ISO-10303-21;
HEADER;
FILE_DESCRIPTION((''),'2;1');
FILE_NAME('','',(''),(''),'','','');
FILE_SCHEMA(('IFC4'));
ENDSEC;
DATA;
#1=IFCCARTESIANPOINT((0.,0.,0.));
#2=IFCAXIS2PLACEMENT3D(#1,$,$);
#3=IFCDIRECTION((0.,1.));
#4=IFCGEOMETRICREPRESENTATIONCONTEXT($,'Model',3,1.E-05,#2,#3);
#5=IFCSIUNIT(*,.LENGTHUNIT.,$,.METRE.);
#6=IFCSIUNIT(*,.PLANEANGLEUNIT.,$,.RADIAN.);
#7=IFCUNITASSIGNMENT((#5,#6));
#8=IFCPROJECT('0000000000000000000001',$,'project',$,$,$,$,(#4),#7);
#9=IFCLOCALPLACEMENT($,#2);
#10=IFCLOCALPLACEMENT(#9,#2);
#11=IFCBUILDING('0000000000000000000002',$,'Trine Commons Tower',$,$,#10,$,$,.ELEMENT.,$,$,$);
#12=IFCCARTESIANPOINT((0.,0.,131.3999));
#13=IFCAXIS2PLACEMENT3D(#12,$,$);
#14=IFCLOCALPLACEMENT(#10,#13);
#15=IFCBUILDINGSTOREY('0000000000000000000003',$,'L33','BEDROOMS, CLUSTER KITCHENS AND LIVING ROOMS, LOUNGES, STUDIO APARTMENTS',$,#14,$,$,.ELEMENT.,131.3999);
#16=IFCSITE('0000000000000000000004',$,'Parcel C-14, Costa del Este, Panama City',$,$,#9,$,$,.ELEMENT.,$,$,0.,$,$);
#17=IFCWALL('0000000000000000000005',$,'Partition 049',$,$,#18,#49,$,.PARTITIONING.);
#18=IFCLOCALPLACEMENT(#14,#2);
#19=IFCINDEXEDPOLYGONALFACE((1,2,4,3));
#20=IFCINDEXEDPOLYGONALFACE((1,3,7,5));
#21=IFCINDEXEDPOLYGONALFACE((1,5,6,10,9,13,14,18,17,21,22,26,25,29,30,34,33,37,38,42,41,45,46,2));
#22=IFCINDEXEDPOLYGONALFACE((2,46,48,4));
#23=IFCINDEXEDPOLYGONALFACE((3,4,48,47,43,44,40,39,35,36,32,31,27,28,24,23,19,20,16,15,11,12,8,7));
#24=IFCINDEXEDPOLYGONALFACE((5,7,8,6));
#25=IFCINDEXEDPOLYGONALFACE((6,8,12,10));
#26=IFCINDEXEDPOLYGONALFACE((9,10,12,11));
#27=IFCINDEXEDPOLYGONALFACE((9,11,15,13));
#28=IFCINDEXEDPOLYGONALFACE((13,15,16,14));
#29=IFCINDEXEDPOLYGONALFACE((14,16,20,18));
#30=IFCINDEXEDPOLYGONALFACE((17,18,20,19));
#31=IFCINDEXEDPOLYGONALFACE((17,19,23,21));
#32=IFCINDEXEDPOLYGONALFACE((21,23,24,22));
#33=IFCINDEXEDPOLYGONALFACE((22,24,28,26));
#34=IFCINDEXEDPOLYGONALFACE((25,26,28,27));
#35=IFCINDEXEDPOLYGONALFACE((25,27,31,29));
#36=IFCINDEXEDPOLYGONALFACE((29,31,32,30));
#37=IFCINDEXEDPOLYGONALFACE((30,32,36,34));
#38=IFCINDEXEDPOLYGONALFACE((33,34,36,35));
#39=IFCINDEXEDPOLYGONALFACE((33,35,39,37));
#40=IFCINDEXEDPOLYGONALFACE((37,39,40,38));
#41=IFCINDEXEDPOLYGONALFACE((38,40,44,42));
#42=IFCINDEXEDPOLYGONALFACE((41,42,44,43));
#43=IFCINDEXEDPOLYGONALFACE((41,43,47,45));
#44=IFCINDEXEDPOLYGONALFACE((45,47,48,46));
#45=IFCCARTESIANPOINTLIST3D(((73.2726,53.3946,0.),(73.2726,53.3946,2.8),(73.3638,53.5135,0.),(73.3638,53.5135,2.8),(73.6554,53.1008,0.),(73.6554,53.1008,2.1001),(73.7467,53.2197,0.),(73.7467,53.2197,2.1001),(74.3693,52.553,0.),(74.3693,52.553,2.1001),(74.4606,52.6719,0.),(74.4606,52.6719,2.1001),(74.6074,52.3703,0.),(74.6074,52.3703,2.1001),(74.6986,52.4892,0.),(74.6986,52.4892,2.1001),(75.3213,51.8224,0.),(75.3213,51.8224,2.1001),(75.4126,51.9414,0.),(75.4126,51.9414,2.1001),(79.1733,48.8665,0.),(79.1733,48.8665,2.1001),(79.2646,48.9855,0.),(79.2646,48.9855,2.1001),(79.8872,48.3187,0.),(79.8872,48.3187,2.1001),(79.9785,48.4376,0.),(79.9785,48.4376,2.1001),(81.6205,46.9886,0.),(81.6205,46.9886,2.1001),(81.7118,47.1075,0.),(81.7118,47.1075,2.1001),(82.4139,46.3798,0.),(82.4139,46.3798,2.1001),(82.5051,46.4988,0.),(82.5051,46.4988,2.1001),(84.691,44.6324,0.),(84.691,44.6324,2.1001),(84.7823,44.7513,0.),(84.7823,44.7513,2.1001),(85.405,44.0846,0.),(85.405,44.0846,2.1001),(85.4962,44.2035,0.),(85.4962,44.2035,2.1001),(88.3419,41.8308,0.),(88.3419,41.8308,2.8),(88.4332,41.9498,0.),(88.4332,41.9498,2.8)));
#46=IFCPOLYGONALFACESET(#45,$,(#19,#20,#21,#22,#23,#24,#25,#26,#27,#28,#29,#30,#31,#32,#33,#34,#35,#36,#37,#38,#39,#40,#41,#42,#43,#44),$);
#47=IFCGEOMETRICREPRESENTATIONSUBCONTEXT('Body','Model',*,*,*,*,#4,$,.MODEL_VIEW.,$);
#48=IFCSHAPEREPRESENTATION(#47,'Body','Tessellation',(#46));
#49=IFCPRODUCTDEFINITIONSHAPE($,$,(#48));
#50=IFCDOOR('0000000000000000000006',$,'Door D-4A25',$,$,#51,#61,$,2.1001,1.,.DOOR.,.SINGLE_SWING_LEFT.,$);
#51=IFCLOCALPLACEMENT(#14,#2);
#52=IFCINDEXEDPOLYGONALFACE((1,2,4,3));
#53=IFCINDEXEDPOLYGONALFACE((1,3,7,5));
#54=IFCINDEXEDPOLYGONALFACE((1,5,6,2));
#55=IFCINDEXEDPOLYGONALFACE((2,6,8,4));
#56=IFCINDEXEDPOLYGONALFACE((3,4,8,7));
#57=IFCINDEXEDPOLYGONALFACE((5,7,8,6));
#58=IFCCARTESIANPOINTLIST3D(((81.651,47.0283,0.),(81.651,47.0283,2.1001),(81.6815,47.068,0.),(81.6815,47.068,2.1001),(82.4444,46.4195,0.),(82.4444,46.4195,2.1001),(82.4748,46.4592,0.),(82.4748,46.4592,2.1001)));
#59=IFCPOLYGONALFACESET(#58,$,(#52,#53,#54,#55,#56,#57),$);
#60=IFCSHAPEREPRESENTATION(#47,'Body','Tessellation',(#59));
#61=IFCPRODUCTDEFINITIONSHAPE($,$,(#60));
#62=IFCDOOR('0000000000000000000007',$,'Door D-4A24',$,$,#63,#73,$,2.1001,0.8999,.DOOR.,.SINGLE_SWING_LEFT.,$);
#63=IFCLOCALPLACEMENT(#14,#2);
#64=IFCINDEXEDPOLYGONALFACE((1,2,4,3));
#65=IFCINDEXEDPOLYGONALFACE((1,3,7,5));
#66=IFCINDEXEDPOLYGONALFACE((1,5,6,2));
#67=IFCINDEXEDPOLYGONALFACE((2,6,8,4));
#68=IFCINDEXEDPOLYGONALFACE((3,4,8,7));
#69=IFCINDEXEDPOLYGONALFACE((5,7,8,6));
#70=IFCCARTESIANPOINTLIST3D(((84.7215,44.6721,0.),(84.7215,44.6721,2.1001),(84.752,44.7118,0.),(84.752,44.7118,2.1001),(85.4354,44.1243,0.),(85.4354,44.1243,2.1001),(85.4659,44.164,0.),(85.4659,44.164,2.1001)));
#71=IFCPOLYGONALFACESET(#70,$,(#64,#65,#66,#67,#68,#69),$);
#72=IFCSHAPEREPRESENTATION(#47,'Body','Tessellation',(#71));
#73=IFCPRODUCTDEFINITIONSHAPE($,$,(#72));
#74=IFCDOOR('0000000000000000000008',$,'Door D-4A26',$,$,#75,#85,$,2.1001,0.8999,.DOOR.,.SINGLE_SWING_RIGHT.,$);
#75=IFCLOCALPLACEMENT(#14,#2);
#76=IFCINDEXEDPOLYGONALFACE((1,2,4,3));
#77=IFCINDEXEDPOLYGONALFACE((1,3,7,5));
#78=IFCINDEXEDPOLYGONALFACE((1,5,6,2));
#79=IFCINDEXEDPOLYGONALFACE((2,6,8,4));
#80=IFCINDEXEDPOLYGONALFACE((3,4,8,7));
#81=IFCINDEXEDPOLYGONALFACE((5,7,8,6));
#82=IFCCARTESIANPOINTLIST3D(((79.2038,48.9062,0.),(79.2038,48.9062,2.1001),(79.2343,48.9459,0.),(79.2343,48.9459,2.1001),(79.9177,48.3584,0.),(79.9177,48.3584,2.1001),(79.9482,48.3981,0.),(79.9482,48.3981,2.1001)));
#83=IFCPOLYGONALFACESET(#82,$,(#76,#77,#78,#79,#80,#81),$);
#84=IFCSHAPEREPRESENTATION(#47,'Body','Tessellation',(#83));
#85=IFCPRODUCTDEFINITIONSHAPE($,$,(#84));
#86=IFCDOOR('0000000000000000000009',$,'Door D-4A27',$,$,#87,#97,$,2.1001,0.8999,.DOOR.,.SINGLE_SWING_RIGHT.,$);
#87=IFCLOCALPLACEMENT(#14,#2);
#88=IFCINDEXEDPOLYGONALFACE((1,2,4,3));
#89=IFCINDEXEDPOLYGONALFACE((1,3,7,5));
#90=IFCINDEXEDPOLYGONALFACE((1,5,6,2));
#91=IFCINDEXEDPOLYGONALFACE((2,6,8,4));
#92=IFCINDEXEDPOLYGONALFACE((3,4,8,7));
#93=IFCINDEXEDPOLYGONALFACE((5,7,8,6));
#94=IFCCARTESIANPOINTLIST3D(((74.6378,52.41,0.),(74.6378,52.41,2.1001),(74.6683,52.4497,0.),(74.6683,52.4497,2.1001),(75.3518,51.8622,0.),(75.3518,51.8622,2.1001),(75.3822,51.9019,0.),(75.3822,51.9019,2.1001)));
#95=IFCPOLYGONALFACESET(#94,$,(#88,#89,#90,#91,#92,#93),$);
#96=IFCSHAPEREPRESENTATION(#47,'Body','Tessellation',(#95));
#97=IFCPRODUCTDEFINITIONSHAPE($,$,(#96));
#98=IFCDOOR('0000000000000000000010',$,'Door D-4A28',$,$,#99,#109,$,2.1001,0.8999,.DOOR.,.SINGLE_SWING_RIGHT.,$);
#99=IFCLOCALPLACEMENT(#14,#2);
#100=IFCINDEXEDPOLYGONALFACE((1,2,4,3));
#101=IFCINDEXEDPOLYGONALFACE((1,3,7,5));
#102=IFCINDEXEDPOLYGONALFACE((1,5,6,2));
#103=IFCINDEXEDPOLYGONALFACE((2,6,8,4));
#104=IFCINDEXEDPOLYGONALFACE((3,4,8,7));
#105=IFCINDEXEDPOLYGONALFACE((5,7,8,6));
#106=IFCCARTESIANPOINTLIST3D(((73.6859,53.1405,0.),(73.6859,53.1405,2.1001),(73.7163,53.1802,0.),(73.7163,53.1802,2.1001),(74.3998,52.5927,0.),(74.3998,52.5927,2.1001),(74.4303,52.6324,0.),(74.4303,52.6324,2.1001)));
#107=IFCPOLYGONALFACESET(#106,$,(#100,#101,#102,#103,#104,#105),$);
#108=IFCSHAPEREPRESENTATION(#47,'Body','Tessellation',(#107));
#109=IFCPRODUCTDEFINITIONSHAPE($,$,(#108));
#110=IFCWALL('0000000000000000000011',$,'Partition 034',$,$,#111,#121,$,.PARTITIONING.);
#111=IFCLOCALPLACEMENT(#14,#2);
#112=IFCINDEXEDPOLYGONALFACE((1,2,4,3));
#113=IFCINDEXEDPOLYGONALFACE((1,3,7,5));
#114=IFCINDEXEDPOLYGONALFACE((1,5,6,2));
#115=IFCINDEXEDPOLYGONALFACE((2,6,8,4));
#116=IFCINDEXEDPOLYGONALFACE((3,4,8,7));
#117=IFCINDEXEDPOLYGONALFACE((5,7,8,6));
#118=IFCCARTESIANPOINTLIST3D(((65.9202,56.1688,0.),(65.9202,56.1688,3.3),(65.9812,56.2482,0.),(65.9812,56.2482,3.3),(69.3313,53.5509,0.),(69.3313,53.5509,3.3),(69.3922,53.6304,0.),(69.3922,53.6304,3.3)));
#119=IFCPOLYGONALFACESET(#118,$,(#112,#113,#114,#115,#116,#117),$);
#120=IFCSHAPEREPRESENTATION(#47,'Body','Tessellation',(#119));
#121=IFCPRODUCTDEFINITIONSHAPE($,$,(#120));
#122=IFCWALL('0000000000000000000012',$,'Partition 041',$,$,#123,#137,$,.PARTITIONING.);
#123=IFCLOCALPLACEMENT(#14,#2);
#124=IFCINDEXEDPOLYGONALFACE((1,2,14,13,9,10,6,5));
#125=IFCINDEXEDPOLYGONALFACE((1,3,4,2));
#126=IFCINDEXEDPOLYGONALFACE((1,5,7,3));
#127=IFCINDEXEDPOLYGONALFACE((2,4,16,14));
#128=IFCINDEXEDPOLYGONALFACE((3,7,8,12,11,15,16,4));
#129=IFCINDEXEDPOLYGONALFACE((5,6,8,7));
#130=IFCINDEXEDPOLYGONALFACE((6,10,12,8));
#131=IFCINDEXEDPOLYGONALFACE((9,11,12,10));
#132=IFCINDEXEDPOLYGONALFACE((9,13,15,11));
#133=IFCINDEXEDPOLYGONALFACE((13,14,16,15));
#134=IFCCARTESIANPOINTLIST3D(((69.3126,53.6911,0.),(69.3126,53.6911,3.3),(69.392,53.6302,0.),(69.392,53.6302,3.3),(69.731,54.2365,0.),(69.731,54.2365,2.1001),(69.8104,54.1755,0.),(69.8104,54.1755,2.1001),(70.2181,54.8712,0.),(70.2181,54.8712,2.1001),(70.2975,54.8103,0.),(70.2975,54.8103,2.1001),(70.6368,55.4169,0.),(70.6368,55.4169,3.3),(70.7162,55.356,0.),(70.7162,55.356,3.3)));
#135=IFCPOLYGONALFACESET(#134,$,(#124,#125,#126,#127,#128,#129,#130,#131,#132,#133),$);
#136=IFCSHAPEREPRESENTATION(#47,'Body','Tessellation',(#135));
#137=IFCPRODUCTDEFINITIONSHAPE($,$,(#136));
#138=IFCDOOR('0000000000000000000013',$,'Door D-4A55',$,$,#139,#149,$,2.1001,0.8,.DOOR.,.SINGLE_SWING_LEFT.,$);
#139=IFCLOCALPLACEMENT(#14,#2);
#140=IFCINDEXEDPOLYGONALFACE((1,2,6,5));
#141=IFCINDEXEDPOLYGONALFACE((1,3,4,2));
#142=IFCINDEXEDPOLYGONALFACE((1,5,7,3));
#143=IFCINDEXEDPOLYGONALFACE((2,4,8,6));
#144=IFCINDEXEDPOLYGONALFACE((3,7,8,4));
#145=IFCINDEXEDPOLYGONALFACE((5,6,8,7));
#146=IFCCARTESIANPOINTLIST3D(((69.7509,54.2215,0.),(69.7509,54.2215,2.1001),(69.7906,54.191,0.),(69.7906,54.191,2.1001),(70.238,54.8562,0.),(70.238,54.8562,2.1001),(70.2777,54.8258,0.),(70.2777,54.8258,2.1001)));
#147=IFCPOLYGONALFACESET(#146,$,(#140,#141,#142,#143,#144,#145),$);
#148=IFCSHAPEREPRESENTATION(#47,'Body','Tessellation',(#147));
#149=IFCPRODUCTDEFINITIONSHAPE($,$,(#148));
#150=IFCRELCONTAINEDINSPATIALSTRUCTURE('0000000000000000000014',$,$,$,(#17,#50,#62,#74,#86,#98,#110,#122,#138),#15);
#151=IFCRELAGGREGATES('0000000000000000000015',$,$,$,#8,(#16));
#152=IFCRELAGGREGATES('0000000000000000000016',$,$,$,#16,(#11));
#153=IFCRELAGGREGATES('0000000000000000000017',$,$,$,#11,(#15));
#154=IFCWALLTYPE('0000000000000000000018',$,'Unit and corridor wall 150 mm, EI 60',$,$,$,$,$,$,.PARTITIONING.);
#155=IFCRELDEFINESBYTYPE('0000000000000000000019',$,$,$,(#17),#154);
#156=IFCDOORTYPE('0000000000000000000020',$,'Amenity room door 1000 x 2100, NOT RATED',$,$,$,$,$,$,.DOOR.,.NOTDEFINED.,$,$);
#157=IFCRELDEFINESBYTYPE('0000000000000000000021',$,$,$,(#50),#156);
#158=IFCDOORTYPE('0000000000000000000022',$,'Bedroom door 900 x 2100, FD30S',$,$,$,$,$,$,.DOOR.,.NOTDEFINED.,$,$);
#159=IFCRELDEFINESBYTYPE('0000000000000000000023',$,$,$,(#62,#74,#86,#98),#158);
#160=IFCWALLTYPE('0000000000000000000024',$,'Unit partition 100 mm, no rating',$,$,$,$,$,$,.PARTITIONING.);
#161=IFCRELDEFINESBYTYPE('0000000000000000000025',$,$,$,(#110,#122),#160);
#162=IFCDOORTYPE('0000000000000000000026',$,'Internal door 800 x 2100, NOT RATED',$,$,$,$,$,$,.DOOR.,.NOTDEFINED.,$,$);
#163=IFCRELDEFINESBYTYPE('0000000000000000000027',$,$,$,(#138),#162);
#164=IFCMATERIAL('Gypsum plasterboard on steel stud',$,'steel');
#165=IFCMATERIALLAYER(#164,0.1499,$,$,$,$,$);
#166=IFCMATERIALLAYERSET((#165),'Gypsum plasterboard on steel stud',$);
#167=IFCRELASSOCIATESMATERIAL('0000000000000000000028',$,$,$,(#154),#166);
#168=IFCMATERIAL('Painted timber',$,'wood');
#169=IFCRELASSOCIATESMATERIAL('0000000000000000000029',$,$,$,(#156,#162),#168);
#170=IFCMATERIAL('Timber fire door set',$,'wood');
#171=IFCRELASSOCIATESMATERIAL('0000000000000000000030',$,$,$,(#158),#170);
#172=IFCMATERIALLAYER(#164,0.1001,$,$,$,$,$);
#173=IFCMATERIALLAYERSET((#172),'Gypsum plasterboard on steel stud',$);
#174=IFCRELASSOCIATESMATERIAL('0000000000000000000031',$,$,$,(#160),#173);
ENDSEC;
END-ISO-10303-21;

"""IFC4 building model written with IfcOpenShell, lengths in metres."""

from ifc_helpers import new_model, si_unit, direction, frame, frame_2d, origin, place, context, subcontext, project, spatial, rectangle, extrude, material, layer, layer_set, type_object, element, fill, save


model = new_model("IFC4")

# Units and contexts
model_context = context("Model", 3, precision=1e-05, world=origin(), true_north=direction((0.0, 1.0)))
body_context = subcontext(model_context, "Body", "Model", "MODEL_VIEW")
ifc_project = project(units=[si_unit("LENGTHUNIT", "METRE"), si_unit("PLANEANGLEUNIT", "RADIAN")], contexts=[model_context])

# Site, building, storey
site_placement = place(None, origin())
site = spatial("IfcSite", under=ifc_project, at=site_placement, Name="Parcel C-14, Costa del Este, Panama City", CompositionType="ELEMENT", RefElevation=0.0)
building_placement = place(site_placement, origin())
building = spatial("IfcBuilding", under=site, at=building_placement, Name="Trine Commons Tower", CompositionType="ELEMENT")
storey_placement = place(building_placement, frame((0.0, 0.0, 131.3999)))
storey = spatial("IfcBuildingStorey", under=building, at=storey_placement, Name="L33", Description="BEDROOMS, CLUSTER KITCHENS AND LIVING ROOMS, LOUNGES, STUDIO APARTMENTS", CompositionType="ELEMENT", Elevation=131.3999)

# Shared definitions
ifc_material_1 = material(Name="Gypsum plasterboard on steel stud", Category="steel")
ifc_layer_1 = layer(ifc_material_1, 0.1499)
ifc_layer_set_1 = layer_set([ifc_layer_1], Name="Gypsum plasterboard on steel stud")
wall_type_1 = type_object("IfcWallType", Name="Unit and corridor wall 150 mm, EI 60", PredefinedType="PARTITIONING", material=ifc_layer_set_1)

# Shared definitions
ifc_material_2 = material(Name="Painted timber", Category="wood")

# Wall, openings, doors
wall_1_placement = place(storey_placement, frame((73.3181, 53.4541, 0.0), z_axis=(0.0, 0.0, 1.0), x_axis=(0.793338, -0.608782, 0.0)))
wall_1 = element("IfcWall", 1, at=wall_1_placement, inside=storey, type_object=wall_type_1, Name="Partition 049", PredefinedType="PARTITIONING", context=body_context, shape_type="SweptSolid", body=[
    extrude(rectangle(XDim=18.9949, YDim=0.1499, at=frame_2d((9.4976, 0.0))), origin(), (0.0, 0.0, 1.0), 2.8),
])
opening_1_placement = place(wall_1_placement, frame((14.3931, 0.0, 0.0)))
opening_1 = element("IfcOpeningElement", 2, at=opening_1_placement, cuts=wall_1, PredefinedType="OPENING", context=body_context, shape_type="SweptSolid", body=[
    extrude(rectangle(XDim=0.8999, YDim=2.1001, at=frame_2d((0.45, 1.05))), frame((0.0, 0.085, 0.0), z_axis=(0.0, -1.0, 0.0), x_axis=(1.0, 0.0, 0.0)), (0.0, 0.0, 1.0), 0.1699),
])
opening_2_placement = place(wall_1_placement, frame((10.5227, 0.0, 0.0)))
opening_2 = element("IfcOpeningElement", 3, at=opening_2_placement, cuts=wall_1, PredefinedType="OPENING", context=body_context, shape_type="SweptSolid", body=[
    extrude(rectangle(XDim=1.0, YDim=2.1001, at=frame_2d((0.5, 1.05))), frame((0.0, 0.085, 0.0), z_axis=(0.0, -1.0, 0.0), x_axis=(1.0, 0.0, 0.0)), (0.0, 0.0, 1.0), 0.1699),
])
opening_3_placement = place(wall_1_placement, frame((7.438, 0.0, 0.0)))
opening_3 = element("IfcOpeningElement", 4, at=opening_3_placement, cuts=wall_1, PredefinedType="OPENING", context=body_context, shape_type="SweptSolid", body=[
    extrude(rectangle(XDim=0.8999, YDim=2.1001, at=frame_2d((0.45, 1.05))), frame((0.0, 0.085, 0.0), z_axis=(0.0, -1.0, 0.0), x_axis=(1.0, 0.0, 0.0)), (0.0, 0.0, 1.0), 0.1699),
])
opening_4_placement = place(wall_1_placement, frame((1.6826, 0.0, 0.0)))
opening_4 = element("IfcOpeningElement", 5, at=opening_4_placement, cuts=wall_1, PredefinedType="OPENING", context=body_context, shape_type="SweptSolid", body=[
    extrude(rectangle(XDim=0.8999, YDim=2.1001, at=frame_2d((0.45, 1.05))), frame((0.0, 0.085, 0.0), z_axis=(0.0, -1.0, 0.0), x_axis=(1.0, 0.0, 0.0)), (0.0, 0.0, 1.0), 0.1699),
])
opening_5_placement = place(wall_1_placement, frame((0.4827, 0.0, 0.0)))
opening_5 = element("IfcOpeningElement", 6, at=opening_5_placement, cuts=wall_1, PredefinedType="OPENING", context=body_context, shape_type="SweptSolid", body=[
    extrude(rectangle(XDim=0.8999, YDim=2.1001, at=frame_2d((0.45, 1.05))), frame((0.0, 0.085, 0.0), z_axis=(0.0, -1.0, 0.0), x_axis=(1.0, 0.0, 0.0)), (0.0, 0.0, 1.0), 0.1699),
])
door_type_1 = type_object("IfcDoorType", Name="Amenity room door 1000 x 2100, NOT RATED", OperationType="NOTDEFINED", PredefinedType="DOOR", material=ifc_material_2)
door_1_placement = place(opening_2_placement, frame((1.0, 0.0, 0.0), z_axis=(0.0, 0.0, 1.0), x_axis=(-1.0, 0.0, 0.0)))
door_1 = element("IfcDoor", 7, at=door_1_placement, inside=storey, type_object=door_type_1, Name="Door D-4A25", OperationType="SINGLE_SWING_LEFT", OverallHeight=2.1001, OverallWidth=1.0, PredefinedType="DOOR", context=body_context, shape_type="SweptSolid", body=[
    extrude(rectangle(XDim=1.0, YDim=2.1001, at=frame_2d((0.5, 1.05))), frame((0.0, 0.0249, 0.0), z_axis=(0.0, -1.0, 0.0), x_axis=(1.0, 0.0, 0.0)), (0.0, 0.0, 1.0), 0.05),
])
fill(opening_2, door_1)
ifc_material_3 = material(Name="Timber fire door set", Category="wood")
door_type_2 = type_object("IfcDoorType", Name="Bedroom door 900 x 2100, FD30S", OperationType="NOTDEFINED", PredefinedType="DOOR", material=ifc_material_3)
door_2_placement = place(opening_1_placement, frame((0.8999, 0.0, 0.0), z_axis=(0.0, 0.0, 1.0), x_axis=(-1.0, 0.0, 0.0)))
door_2 = element("IfcDoor", 8, at=door_2_placement, inside=storey, type_object=door_type_2, Name="Door D-4A24", OperationType="SINGLE_SWING_LEFT", OverallHeight=2.1001, OverallWidth=0.8999, PredefinedType="DOOR", context=body_context, shape_type="SweptSolid", body=[
    extrude(rectangle(XDim=0.8999, YDim=2.1001, at=frame_2d((0.45, 1.05))), frame((0.0, 0.0249, 0.0), z_axis=(0.0, -1.0, 0.0), x_axis=(1.0, 0.0, 0.0)), (0.0, 0.0, 1.0), 0.05),
])
fill(opening_1, door_2)
door_3_placement = place(opening_3_placement, frame((0.8999, 0.0, 0.0), z_axis=(0.0, 0.0, 1.0), x_axis=(-1.0, 0.0, 0.0)))
door_3 = element("IfcDoor", 9, at=door_3_placement, inside=storey, type_object=door_type_2, Name="Door D-4A26", OperationType="SINGLE_SWING_RIGHT", OverallHeight=2.1001, OverallWidth=0.8999, PredefinedType="DOOR", context=body_context, shape_type="SweptSolid", body=[
    extrude(rectangle(XDim=0.8999, YDim=2.1001, at=frame_2d((0.45, 1.05))), frame((0.0, 0.0249, 0.0), z_axis=(0.0, -1.0, 0.0), x_axis=(1.0, 0.0, 0.0)), (0.0, 0.0, 1.0), 0.05),
])
fill(opening_3, door_3)
door_4_placement = place(opening_4_placement, frame((0.8999, 0.0, 0.0), z_axis=(0.0, 0.0, 1.0), x_axis=(-1.0, 0.0, 0.0)))
door_4 = element("IfcDoor", 10, at=door_4_placement, inside=storey, type_object=door_type_2, Name="Door D-4A27", OperationType="SINGLE_SWING_RIGHT", OverallHeight=2.1001, OverallWidth=0.8999, PredefinedType="DOOR", context=body_context, shape_type="SweptSolid", body=[
    extrude(rectangle(XDim=0.8999, YDim=2.1001, at=frame_2d((0.45, 1.05))), frame((0.0, 0.0249, 0.0), z_axis=(0.0, -1.0, 0.0), x_axis=(1.0, 0.0, 0.0)), (0.0, 0.0, 1.0), 0.05),
])
fill(opening_4, door_4)
door_5_placement = place(opening_5_placement, frame((0.8999, 0.0, 0.0), z_axis=(0.0, 0.0, 1.0), x_axis=(-1.0, 0.0, 0.0)))
door_5 = element("IfcDoor", 11, at=door_5_placement, inside=storey, type_object=door_type_2, Name="Door D-4A28", OperationType="SINGLE_SWING_RIGHT", OverallHeight=2.1001, OverallWidth=0.8999, PredefinedType="DOOR", context=body_context, shape_type="SweptSolid", body=[
    extrude(rectangle(XDim=0.8999, YDim=2.1001, at=frame_2d((0.45, 1.05))), frame((0.0, 0.0249, 0.0), z_axis=(0.0, -1.0, 0.0), x_axis=(1.0, 0.0, 0.0)), (0.0, 0.0, 1.0), 0.05),
])
fill(opening_5, door_5)

# Wall
ifc_layer_2 = layer(ifc_material_1, 0.1001)
ifc_layer_set_2 = layer_set([ifc_layer_2], Name="Gypsum plasterboard on steel stud")
wall_type_2 = type_object("IfcWallType", Name="Unit partition 100 mm, no rating", PredefinedType="PARTITIONING", material=ifc_layer_set_2)
wall_2_placement = place(storey_placement, frame((65.9507, 56.2085, 0.0), z_axis=(0.0, 0.0, 1.0), x_axis=(0.793301, -0.60883, 0.0)))
element("IfcWall", 12, at=wall_2_placement, inside=storey, type_object=wall_type_2, Name="Partition 034", PredefinedType="PARTITIONING", context=body_context, shape_type="SweptSolid", body=[
    extrude(rectangle(XDim=4.2998, YDim=0.1001, at=frame_2d((2.1499, 0.0))), origin(), (0.0, 0.0, 1.0), 3.3),
])

# Wall, opening, door
wall_3_placement = place(storey_placement, frame((69.3523, 53.6606, 0.0), z_axis=(0.0, 0.0, 1.0), x_axis=(0.608745, 0.793366, 0.0)))
wall_3 = element("IfcWall", 13, at=wall_3_placement, inside=storey, type_object=wall_type_2, Name="Partition 041", PredefinedType="PARTITIONING", context=body_context, shape_type="SweptSolid", body=[
    extrude(rectangle(XDim=2.1753, YDim=0.1001, at=frame_2d((1.0876, 0.0))), origin(), (0.0, 0.0, 1.0), 3.3),
])
opening_6_placement = place(wall_3_placement, frame((0.6875, 0.0, 0.0)))
opening_6 = element("IfcOpeningElement", 14, at=opening_6_placement, cuts=wall_3, PredefinedType="OPENING", context=body_context, shape_type="SweptSolid", body=[
    extrude(rectangle(XDim=0.8, YDim=2.1001, at=frame_2d((0.3999, 1.05))), frame((0.0, 0.0601, 0.0), z_axis=(0.0, -1.0, 0.0), x_axis=(1.0, 0.0, 0.0)), (0.0, 0.0, 1.0), 0.1201),
])
door_type_3 = type_object("IfcDoorType", Name="Internal door 800 x 2100, NOT RATED", OperationType="NOTDEFINED", PredefinedType="DOOR", material=ifc_material_2)
door_6_placement = place(opening_6_placement, frame((0.8, 0.0, 0.0), z_axis=(0.0, 0.0, 1.0), x_axis=(-1.0, 0.0, 0.0)))
door_6 = element("IfcDoor", 15, at=door_6_placement, inside=storey, type_object=door_type_3, Name="Door D-4A55", OperationType="SINGLE_SWING_LEFT", OverallHeight=2.1001, OverallWidth=0.8, PredefinedType="DOOR", context=body_context, shape_type="SweptSolid", body=[
    extrude(rectangle(XDim=0.8, YDim=2.1001, at=frame_2d((0.3999, 1.05))), frame((0.0, 0.0249, 0.0), z_axis=(0.0, -1.0, 0.0), x_axis=(1.0, 0.0, 0.0)), (0.0, 0.0, 1.0), 0.05),
])
fill(opening_6, door_6)

save(model, "model.ifc")
